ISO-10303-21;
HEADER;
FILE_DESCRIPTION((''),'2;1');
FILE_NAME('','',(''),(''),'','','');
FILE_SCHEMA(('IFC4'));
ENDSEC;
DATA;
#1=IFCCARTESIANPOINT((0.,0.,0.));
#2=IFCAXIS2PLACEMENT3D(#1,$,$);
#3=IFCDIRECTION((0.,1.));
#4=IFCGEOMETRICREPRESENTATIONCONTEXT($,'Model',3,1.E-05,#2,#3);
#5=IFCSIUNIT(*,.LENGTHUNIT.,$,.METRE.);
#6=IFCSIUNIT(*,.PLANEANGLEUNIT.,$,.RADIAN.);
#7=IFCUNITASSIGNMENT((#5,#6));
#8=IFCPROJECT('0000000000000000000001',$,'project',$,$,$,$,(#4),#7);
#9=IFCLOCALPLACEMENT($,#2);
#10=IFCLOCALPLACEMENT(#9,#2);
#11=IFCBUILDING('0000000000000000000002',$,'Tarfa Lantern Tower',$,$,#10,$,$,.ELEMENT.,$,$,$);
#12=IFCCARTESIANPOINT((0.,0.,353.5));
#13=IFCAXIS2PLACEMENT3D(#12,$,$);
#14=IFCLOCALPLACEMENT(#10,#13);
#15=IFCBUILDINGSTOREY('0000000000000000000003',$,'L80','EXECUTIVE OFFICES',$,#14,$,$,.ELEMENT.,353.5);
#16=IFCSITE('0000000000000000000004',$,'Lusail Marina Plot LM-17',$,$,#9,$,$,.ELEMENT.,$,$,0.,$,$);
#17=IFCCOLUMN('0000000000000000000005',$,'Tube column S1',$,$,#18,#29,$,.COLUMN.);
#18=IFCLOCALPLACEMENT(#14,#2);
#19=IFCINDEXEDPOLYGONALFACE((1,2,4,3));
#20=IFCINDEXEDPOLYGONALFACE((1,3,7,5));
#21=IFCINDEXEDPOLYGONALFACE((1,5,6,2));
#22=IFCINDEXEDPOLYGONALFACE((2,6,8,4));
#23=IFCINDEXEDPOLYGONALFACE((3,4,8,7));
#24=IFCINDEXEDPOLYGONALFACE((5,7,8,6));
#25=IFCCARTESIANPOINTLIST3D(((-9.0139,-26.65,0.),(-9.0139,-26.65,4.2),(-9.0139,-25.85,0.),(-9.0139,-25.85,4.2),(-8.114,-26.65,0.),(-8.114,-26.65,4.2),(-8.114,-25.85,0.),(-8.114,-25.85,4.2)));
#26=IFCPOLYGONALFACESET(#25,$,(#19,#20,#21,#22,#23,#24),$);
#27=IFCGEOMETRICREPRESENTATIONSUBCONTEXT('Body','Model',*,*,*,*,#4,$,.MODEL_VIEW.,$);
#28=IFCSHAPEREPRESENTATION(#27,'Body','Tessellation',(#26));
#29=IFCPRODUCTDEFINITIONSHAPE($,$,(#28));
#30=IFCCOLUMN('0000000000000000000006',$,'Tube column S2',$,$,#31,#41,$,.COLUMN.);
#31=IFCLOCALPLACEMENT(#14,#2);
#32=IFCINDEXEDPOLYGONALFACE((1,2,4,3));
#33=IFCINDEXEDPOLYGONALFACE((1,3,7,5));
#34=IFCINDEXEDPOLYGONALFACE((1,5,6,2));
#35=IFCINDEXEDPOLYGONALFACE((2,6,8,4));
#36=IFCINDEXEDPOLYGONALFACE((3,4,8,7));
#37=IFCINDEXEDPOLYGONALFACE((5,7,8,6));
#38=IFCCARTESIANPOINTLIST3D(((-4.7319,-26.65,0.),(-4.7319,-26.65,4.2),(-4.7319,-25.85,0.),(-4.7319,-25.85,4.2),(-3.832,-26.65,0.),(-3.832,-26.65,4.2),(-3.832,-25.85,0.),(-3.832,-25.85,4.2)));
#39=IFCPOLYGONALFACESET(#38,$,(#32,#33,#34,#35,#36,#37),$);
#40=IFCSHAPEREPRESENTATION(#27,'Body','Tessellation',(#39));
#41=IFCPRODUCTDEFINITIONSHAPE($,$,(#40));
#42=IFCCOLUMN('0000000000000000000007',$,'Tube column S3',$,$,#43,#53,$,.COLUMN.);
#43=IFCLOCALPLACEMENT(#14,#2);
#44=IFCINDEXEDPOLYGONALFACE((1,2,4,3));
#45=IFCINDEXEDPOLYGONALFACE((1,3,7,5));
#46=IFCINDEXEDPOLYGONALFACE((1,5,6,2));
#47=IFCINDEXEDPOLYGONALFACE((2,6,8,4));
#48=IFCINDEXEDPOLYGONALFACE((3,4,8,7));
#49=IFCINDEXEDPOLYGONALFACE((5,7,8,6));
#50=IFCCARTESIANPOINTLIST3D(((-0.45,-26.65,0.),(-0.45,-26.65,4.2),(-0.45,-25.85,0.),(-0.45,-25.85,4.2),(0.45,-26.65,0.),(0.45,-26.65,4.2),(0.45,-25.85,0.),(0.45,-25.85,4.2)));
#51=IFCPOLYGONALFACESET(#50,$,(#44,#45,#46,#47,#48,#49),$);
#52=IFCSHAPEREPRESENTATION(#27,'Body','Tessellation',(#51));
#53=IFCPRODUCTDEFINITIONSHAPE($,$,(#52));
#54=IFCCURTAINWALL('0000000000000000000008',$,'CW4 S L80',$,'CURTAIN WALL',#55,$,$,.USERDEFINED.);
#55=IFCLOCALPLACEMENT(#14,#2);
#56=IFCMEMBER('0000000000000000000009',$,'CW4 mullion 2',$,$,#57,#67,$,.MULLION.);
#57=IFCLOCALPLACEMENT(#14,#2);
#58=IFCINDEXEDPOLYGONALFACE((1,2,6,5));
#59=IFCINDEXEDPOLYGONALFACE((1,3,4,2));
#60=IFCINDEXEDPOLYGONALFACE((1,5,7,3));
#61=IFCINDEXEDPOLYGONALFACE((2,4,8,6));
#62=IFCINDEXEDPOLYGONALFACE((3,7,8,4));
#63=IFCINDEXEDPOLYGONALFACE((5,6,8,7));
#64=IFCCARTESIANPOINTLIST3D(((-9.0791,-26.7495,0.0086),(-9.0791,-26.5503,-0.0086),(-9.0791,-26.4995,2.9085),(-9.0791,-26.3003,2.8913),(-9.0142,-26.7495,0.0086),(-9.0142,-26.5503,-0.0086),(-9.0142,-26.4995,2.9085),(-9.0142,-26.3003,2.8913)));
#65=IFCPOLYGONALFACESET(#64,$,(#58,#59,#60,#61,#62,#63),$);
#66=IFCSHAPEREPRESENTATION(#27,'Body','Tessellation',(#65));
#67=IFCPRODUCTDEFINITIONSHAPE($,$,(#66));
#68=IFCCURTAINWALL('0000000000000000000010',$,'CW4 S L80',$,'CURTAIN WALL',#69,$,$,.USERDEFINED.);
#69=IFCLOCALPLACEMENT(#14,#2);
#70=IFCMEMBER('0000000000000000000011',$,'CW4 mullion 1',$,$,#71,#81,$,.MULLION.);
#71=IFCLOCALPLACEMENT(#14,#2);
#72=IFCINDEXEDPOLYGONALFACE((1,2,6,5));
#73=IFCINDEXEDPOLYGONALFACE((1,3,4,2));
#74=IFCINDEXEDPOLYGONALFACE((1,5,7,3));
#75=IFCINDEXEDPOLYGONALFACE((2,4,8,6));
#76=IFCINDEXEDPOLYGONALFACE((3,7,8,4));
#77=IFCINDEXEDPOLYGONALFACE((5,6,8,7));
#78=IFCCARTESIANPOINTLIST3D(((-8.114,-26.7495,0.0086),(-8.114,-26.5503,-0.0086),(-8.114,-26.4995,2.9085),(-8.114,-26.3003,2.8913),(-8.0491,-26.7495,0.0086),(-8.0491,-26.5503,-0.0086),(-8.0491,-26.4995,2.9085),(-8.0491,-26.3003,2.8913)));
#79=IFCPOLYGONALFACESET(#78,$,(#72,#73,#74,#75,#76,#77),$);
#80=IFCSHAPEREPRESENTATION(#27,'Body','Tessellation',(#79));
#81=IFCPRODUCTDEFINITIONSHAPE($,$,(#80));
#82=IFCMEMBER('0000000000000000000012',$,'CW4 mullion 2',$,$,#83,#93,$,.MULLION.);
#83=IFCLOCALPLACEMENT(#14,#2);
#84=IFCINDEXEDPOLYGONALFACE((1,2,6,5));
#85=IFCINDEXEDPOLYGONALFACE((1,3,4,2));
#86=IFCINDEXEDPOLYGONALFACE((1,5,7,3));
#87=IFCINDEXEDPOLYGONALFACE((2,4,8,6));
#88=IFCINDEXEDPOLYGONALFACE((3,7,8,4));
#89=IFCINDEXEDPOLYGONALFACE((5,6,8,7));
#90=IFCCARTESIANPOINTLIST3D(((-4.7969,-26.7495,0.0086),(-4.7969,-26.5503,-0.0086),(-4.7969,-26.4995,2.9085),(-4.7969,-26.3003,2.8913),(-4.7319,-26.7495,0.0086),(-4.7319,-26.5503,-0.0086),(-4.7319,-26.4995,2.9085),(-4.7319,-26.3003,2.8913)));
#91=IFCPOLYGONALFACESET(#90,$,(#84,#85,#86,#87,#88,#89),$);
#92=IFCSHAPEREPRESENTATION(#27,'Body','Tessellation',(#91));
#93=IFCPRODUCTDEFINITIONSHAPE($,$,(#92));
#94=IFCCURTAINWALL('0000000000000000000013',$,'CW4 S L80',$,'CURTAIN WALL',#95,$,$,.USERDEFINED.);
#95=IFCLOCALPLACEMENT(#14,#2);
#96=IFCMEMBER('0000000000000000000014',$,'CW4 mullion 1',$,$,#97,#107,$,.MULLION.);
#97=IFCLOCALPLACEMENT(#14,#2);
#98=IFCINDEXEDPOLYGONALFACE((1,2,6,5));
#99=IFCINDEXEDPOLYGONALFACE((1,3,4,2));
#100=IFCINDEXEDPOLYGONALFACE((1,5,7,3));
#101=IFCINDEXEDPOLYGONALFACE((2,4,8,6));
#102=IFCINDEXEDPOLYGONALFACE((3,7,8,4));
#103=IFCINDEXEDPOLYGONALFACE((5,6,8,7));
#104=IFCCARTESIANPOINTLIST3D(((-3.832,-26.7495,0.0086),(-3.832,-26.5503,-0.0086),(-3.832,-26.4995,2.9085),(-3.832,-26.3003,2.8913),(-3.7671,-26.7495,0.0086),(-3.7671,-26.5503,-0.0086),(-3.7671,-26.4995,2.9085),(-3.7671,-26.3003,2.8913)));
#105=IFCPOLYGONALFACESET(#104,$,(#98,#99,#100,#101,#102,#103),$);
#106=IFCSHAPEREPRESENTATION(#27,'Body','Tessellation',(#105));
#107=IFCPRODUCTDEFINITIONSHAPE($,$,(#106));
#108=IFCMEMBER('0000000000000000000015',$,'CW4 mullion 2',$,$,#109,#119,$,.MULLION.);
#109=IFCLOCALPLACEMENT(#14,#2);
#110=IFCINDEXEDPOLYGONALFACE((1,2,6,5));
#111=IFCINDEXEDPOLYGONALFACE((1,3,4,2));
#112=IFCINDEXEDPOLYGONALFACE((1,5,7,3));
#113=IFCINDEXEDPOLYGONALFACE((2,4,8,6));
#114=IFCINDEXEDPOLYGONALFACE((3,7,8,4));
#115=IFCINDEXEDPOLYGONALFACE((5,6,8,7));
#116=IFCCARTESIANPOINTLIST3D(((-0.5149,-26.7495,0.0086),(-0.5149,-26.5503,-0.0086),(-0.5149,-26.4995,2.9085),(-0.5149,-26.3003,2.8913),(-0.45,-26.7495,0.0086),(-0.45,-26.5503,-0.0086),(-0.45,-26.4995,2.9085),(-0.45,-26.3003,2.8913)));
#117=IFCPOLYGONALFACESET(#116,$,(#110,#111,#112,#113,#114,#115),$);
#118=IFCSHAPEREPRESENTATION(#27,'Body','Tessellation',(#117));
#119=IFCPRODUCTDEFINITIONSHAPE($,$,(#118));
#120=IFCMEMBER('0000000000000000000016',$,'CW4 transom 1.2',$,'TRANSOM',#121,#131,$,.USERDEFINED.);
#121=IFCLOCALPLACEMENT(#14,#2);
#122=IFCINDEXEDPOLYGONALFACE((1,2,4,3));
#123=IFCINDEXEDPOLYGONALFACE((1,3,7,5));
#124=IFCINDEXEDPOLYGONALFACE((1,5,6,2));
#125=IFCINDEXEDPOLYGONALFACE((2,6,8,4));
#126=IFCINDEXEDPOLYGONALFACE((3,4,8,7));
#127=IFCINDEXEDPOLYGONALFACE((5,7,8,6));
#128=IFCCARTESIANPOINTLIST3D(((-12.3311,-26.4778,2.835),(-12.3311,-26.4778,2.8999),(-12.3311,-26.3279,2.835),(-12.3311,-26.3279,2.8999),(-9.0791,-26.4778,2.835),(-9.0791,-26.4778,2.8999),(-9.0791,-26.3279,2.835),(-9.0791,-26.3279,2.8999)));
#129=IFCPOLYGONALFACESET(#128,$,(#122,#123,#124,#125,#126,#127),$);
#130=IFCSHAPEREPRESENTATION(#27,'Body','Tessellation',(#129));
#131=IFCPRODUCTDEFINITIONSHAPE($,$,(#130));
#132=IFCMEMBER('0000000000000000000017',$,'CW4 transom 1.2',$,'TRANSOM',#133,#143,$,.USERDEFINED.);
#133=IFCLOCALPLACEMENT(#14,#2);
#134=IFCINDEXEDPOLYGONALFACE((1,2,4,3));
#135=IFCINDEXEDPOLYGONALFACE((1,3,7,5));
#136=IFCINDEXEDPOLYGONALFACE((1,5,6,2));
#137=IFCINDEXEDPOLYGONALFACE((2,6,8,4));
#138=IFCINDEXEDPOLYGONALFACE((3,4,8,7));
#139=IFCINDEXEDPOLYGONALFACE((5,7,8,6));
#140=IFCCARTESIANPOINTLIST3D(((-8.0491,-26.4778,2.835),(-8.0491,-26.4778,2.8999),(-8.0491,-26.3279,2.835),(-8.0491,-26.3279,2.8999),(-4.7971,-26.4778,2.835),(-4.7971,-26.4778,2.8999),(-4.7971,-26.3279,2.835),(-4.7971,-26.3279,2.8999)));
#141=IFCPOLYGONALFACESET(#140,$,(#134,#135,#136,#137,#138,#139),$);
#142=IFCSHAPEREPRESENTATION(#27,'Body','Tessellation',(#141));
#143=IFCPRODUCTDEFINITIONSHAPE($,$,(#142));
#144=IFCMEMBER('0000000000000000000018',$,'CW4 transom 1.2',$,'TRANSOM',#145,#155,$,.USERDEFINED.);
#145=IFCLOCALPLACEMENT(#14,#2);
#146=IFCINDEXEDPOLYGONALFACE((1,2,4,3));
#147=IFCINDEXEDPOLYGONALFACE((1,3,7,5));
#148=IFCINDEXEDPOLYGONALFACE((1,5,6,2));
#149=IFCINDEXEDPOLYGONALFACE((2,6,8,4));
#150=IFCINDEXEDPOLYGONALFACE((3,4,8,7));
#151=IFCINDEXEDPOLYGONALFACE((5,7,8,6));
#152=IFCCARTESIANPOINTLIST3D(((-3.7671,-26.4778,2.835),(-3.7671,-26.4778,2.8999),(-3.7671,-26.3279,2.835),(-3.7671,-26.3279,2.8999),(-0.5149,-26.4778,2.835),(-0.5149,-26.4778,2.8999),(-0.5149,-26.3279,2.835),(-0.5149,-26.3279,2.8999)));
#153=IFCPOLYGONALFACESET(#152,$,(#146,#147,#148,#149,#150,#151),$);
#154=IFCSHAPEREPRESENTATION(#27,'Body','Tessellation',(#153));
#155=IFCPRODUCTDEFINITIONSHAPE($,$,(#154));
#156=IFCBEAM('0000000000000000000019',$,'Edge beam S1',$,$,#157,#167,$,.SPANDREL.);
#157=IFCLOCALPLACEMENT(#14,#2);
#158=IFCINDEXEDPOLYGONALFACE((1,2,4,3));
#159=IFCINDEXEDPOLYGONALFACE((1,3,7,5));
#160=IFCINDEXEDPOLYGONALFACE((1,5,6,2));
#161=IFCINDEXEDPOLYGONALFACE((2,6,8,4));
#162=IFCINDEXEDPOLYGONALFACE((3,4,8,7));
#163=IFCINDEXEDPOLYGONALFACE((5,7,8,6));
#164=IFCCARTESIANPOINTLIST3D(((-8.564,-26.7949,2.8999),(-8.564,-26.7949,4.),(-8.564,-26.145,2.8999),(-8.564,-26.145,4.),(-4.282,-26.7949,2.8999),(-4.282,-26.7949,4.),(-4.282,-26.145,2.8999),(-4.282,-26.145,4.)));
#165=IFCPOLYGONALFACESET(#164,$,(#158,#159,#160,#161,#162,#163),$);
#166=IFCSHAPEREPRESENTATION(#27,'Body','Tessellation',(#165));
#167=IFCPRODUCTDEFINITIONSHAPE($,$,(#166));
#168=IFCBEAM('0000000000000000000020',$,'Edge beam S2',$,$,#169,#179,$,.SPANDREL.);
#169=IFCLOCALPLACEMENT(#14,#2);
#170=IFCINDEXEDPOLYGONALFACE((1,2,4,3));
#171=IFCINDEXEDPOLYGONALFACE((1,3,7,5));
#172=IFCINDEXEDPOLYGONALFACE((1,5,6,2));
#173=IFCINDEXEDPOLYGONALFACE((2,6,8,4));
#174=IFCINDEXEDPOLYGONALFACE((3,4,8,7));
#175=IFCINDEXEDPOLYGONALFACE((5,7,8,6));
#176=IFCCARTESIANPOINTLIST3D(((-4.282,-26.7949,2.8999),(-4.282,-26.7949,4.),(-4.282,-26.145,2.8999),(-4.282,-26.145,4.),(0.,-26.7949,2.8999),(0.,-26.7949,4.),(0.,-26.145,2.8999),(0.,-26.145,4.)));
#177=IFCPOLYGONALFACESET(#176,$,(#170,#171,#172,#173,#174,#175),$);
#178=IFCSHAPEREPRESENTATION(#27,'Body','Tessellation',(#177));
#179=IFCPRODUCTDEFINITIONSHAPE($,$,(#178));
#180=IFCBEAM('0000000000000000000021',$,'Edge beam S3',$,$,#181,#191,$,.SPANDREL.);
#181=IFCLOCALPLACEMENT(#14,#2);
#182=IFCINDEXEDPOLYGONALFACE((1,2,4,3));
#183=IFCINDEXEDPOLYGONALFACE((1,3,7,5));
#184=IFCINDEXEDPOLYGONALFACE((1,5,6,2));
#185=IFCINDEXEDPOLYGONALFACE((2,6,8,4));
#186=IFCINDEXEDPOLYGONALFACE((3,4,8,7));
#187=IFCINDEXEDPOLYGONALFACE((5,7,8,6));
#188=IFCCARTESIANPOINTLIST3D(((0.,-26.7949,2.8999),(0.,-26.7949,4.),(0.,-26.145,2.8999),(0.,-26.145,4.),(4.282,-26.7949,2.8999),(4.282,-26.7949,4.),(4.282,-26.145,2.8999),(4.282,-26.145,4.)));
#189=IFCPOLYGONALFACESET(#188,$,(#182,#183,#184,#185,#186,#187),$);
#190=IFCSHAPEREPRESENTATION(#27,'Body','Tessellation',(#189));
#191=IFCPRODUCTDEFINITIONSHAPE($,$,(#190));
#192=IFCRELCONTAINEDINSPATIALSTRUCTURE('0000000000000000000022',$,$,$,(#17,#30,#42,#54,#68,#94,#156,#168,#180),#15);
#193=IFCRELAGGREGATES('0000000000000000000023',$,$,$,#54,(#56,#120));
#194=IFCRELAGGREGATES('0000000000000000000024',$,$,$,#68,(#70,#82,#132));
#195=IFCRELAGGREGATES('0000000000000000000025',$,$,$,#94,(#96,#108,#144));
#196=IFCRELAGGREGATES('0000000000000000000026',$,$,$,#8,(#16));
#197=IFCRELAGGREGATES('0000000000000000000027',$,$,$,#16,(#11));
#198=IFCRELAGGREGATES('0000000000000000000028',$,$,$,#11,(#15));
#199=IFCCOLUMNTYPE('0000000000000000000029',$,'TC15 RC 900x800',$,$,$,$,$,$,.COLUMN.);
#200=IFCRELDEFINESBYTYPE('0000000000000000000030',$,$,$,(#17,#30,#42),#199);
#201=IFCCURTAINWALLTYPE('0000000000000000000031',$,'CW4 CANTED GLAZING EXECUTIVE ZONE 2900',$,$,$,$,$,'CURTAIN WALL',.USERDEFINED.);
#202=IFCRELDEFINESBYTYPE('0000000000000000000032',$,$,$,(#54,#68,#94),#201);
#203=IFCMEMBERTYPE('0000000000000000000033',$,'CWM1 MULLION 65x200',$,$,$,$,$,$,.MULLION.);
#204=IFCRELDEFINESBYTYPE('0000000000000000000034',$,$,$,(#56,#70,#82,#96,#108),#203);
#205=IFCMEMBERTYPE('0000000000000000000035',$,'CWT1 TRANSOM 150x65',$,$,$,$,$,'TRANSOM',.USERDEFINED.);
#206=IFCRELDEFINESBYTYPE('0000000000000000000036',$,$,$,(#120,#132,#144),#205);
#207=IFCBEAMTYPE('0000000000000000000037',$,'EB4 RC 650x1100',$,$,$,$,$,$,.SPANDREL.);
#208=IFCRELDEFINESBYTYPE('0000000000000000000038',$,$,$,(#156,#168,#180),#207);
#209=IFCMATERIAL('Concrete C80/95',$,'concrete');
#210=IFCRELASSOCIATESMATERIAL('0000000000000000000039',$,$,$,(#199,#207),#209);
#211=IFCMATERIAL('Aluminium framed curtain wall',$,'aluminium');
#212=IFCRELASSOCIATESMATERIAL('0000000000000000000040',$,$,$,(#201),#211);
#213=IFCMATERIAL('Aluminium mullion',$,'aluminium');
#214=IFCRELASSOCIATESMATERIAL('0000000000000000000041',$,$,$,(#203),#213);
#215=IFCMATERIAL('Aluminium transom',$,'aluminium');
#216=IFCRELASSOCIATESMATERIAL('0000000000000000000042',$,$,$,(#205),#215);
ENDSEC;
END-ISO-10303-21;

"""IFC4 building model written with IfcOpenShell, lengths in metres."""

from ifc_helpers import new_model, si_unit, direction, frame, origin, origin_2d, place, context, subcontext, project, spatial, rectangle, extrude, material, material_profile, profile_set, type_object, element, aggregate, save


model = new_model("IFC4")

# Units and contexts
model_context = context("Model", 3, precision=1e-05, world=origin(), true_north=direction((0.0, 1.0)))
body_context = subcontext(model_context, "Body", "Model", "MODEL_VIEW")
ifc_project = project(units=[si_unit("LENGTHUNIT", "METRE"), si_unit("PLANEANGLEUNIT", "RADIAN")], contexts=[model_context])

# Site, building, storey
site_placement = place(None, origin())
site = spatial("IfcSite", under=ifc_project, at=site_placement, Name="Lusail Marina Plot LM-17", CompositionType="ELEMENT", RefElevation=0.0)
building_placement = place(site_placement, origin())
building = spatial("IfcBuilding", under=site, at=building_placement, Name="Tarfa Lantern Tower", CompositionType="ELEMENT")
storey_placement = place(building_placement, frame((0.0, 0.0, 353.5)))
storey = spatial("IfcBuildingStorey", under=building, at=storey_placement, Name="L80", Description="EXECUTIVE OFFICES", CompositionType="ELEMENT", Elevation=353.5)

# Columns
ifc_material_1 = material(Name="Concrete C80/95", Category="concrete")
ifc_material_profile_1 = material_profile(ifc_material_1, rectangle(XDim=0.8999, YDim=0.8, at=origin_2d()), Name="RC 900x800")
ifc_profile_set_1 = profile_set([ifc_material_profile_1], Name="Concrete C80/95")
column_type = type_object("IfcColumnType", Name="TC15 RC 900x800", PredefinedType="COLUMN", material=ifc_profile_set_1)
for number, where, z_axis, x_axis, name in (
    (1, (-8.564, -26.25, 0.0), (0.0, 0.0, 1.0), (1.0, 0.0, 0.0), "Tube column S1"),
    (2, (-4.282, -26.25, 0.0), (0.0, 0.0, 1.0), (1.0, 0.0, 0.0), "Tube column S2"),
    (3, (0.0, -26.25, 0.0), (0.0, 0.0, 1.0), (1.0, 0.0, 0.0), "Tube column S3"),
):
    element("IfcColumn", number, at=place(storey_placement, frame(where, z_axis=z_axis, x_axis=x_axis)), inside=storey, type_object=column_type, Name=name, PredefinedType="COLUMN", context=body_context, shape_type="SweptSolid", body=[
        extrude(rectangle(XDim=0.8999, YDim=0.8, at=origin_2d()), origin(), (0.0, 0.0, 1.0), 4.2),
    ])

# Curtain wall, member
ifc_material_2 = material(Name="Aluminium framed curtain wall", Category="aluminium")
curtain_wall_type = type_object("IfcCurtainWallType", Name="CW4 CANTED GLAZING EXECUTIVE ZONE 2900", ElementType="CURTAIN WALL", PredefinedType="USERDEFINED", material=ifc_material_2)
curtain_wall_1_placement = place(storey_placement, origin())
curtain_wall_1 = element("IfcCurtainWall", 4, at=curtain_wall_1_placement, inside=storey, type_object=curtain_wall_type, Name="CW4 S L80", ObjectType="CURTAIN WALL", PredefinedType="USERDEFINED")
ifc_material_3 = material(Name="Aluminium mullion", Category="aluminium")
ifc_material_profile_2 = material_profile(ifc_material_3, rectangle(XDim=0.0649, YDim=0.2, at=origin_2d()), Name="AL MULLION 65x200")
ifc_profile_set_2 = profile_set([ifc_material_profile_2], Name="Aluminium mullion")
member_type_1 = type_object("IfcMemberType", Name="CWM1 MULLION 65x200", PredefinedType="MULLION", material=ifc_profile_set_2)
member_1_placement = place(storey_placement, frame((-9.0466, -26.6499, 0.0), z_axis=(0.0, 0.085891, 0.996305), x_axis=(-1.0, 0.0, 0.0)))
member_1 = element("IfcMember", 5, at=member_1_placement, type_object=member_type_1, Name="CW4 mullion 2", PredefinedType="MULLION", context=body_context, shape_type="SweptSolid", body=[
    extrude(rectangle(XDim=0.0649, YDim=0.2, at=origin_2d()), origin(), (0.0, 0.0, 1.0), 2.9106),
])

# Curtain walls, members
curtain_wall_2_placement = place(storey_placement, origin())
curtain_wall_2 = element("IfcCurtainWall", 6, at=curtain_wall_2_placement, inside=storey, type_object=curtain_wall_type, Name="CW4 S L80", ObjectType="CURTAIN WALL", PredefinedType="USERDEFINED")
member_2_placement = place(storey_placement, frame((-8.0815, -26.6499, 0.0), z_axis=(0.0, 0.085891, 0.996305), x_axis=(-1.0, 0.0, 0.0)))
member_2 = element("IfcMember", 7, at=member_2_placement, type_object=member_type_1, Name="CW4 mullion 1", PredefinedType="MULLION", context=body_context, shape_type="SweptSolid", body=[
    extrude(rectangle(XDim=0.0649, YDim=0.2, at=origin_2d()), origin(), (0.0, 0.0, 1.0), 2.9106),
])
member_3_placement = place(storey_placement, frame((-4.7644, -26.6499, 0.0), z_axis=(0.0, 0.085891, 0.996305), x_axis=(-1.0, 0.0, 0.0)))
member_3 = element("IfcMember", 8, at=member_3_placement, type_object=member_type_1, Name="CW4 mullion 2", PredefinedType="MULLION", context=body_context, shape_type="SweptSolid", body=[
    extrude(rectangle(XDim=0.0649, YDim=0.2, at=origin_2d()), origin(), (0.0, 0.0, 1.0), 2.9106),
])
curtain_wall_3_placement = place(storey_placement, origin())
curtain_wall_3 = element("IfcCurtainWall", 9, at=curtain_wall_3_placement, inside=storey, type_object=curtain_wall_type, Name="CW4 S L80", ObjectType="CURTAIN WALL", PredefinedType="USERDEFINED")
member_4_placement = place(storey_placement, frame((-3.7996, -26.6499, 0.0), z_axis=(0.0, 0.085891, 0.996305), x_axis=(-1.0, 0.0, 0.0)))
member_4 = element("IfcMember", 10, at=member_4_placement, type_object=member_type_1, Name="CW4 mullion 1", PredefinedType="MULLION", context=body_context, shape_type="SweptSolid", body=[
    extrude(rectangle(XDim=0.0649, YDim=0.2, at=origin_2d()), origin(), (0.0, 0.0, 1.0), 2.9106),
])
member_5_placement = place(storey_placement, frame((-0.4824, -26.6499, 0.0), z_axis=(0.0, 0.085891, 0.996305), x_axis=(-1.0, 0.0, 0.0)))
member_5 = element("IfcMember", 11, at=member_5_placement, type_object=member_type_1, Name="CW4 mullion 2", PredefinedType="MULLION", context=body_context, shape_type="SweptSolid", body=[
    extrude(rectangle(XDim=0.0649, YDim=0.2, at=origin_2d()), origin(), (0.0, 0.0, 1.0), 2.9106),
])

# Members
ifc_material_4 = material(Name="Aluminium transom", Category="aluminium")
ifc_material_profile_3 = material_profile(ifc_material_4, rectangle(XDim=0.1499, YDim=0.0649, at=origin_2d()), Name="AL TRANSOM 150x65")
ifc_profile_set_3 = profile_set([ifc_material_profile_3], Name="Aluminium transom")
member_type_2 = type_object("IfcMemberType", Name="CWT1 TRANSOM 150x65", ElementType="TRANSOM", PredefinedType="USERDEFINED", material=ifc_profile_set_3)
member_6_placement = place(storey_placement, frame((-12.3311, -26.4028, 2.8674), z_axis=(1.0, 0.0, 0.0), x_axis=(0.0, 1.0, 0.0)))
member_6 = element("IfcMember", 12, at=member_6_placement, type_object=member_type_2, Name="CW4 transom 1.2", ObjectType="TRANSOM", PredefinedType="USERDEFINED", context=body_context, shape_type="SweptSolid", body=[
    extrude(rectangle(XDim=0.1499, YDim=0.0649, at=origin_2d()), origin(), (0.0, 0.0, 1.0), 3.252),
])
aggregate(curtain_wall_1, [member_1, member_6])
member_7_placement = place(storey_placement, frame((-8.0491, -26.4028, 2.8674), z_axis=(1.0, 0.0, 0.0), x_axis=(0.0, 1.0, 0.0)))
member_7 = element("IfcMember", 13, at=member_7_placement, type_object=member_type_2, Name="CW4 transom 1.2", ObjectType="TRANSOM", PredefinedType="USERDEFINED", context=body_context, shape_type="SweptSolid", body=[
    extrude(rectangle(XDim=0.1499, YDim=0.0649, at=origin_2d()), origin(), (0.0, 0.0, 1.0), 3.252),
])
member_8_placement = place(storey_placement, frame((-3.7671, -26.4028, 2.8674), z_axis=(1.0, 0.0, 0.0), x_axis=(0.0, 1.0, 0.0)))
member_8 = element("IfcMember", 14, at=member_8_placement, type_object=member_type_2, Name="CW4 transom 1.2", ObjectType="TRANSOM", PredefinedType="USERDEFINED", context=body_context, shape_type="SweptSolid", body=[
    extrude(rectangle(XDim=0.1499, YDim=0.0649, at=origin_2d()), origin(), (0.0, 0.0, 1.0), 3.2522),
])

# Beams
ifc_material_profile_4 = material_profile(ifc_material_1, rectangle(XDim=0.6499, YDim=1.1001, at=origin_2d()), Name="RC 650x1100")
ifc_profile_set_4 = profile_set([ifc_material_profile_4], Name="Concrete C80/95")
beam_type_1 = type_object("IfcBeamType", Name="EB4 RC 650x1100", PredefinedType="SPANDREL", material=ifc_profile_set_4)
for number, where, z_axis, x_axis, name in (
    (15, (-8.564, -26.47, 3.45), (1.0, 0.0, 0.0), (0.0, 1.0, 0.0), "Edge beam S1"),
    (16, (-4.282, -26.47, 3.45), (1.0, 0.0, 0.0), (0.0, 1.0, 0.0), "Edge beam S2"),
    (17, (0.0, -26.47, 3.45), (1.0, 0.0, 0.0), (0.0, 1.0, 0.0), "Edge beam S3"),
):
    element("IfcBeam", number, at=place(storey_placement, frame(where, z_axis=z_axis, x_axis=x_axis)), inside=storey, type_object=beam_type_1, Name=name, PredefinedType="SPANDREL", context=body_context, shape_type="SweptSolid", body=[
        extrude(rectangle(XDim=0.6499, YDim=1.1001, at=origin_2d()), origin(), (0.0, 0.0, 1.0), 4.282),
    ])

aggregate(curtain_wall_2, [member_2, member_3, member_7])
aggregate(curtain_wall_3, [member_4, member_5, member_8])

save(model, "model.ifc")
